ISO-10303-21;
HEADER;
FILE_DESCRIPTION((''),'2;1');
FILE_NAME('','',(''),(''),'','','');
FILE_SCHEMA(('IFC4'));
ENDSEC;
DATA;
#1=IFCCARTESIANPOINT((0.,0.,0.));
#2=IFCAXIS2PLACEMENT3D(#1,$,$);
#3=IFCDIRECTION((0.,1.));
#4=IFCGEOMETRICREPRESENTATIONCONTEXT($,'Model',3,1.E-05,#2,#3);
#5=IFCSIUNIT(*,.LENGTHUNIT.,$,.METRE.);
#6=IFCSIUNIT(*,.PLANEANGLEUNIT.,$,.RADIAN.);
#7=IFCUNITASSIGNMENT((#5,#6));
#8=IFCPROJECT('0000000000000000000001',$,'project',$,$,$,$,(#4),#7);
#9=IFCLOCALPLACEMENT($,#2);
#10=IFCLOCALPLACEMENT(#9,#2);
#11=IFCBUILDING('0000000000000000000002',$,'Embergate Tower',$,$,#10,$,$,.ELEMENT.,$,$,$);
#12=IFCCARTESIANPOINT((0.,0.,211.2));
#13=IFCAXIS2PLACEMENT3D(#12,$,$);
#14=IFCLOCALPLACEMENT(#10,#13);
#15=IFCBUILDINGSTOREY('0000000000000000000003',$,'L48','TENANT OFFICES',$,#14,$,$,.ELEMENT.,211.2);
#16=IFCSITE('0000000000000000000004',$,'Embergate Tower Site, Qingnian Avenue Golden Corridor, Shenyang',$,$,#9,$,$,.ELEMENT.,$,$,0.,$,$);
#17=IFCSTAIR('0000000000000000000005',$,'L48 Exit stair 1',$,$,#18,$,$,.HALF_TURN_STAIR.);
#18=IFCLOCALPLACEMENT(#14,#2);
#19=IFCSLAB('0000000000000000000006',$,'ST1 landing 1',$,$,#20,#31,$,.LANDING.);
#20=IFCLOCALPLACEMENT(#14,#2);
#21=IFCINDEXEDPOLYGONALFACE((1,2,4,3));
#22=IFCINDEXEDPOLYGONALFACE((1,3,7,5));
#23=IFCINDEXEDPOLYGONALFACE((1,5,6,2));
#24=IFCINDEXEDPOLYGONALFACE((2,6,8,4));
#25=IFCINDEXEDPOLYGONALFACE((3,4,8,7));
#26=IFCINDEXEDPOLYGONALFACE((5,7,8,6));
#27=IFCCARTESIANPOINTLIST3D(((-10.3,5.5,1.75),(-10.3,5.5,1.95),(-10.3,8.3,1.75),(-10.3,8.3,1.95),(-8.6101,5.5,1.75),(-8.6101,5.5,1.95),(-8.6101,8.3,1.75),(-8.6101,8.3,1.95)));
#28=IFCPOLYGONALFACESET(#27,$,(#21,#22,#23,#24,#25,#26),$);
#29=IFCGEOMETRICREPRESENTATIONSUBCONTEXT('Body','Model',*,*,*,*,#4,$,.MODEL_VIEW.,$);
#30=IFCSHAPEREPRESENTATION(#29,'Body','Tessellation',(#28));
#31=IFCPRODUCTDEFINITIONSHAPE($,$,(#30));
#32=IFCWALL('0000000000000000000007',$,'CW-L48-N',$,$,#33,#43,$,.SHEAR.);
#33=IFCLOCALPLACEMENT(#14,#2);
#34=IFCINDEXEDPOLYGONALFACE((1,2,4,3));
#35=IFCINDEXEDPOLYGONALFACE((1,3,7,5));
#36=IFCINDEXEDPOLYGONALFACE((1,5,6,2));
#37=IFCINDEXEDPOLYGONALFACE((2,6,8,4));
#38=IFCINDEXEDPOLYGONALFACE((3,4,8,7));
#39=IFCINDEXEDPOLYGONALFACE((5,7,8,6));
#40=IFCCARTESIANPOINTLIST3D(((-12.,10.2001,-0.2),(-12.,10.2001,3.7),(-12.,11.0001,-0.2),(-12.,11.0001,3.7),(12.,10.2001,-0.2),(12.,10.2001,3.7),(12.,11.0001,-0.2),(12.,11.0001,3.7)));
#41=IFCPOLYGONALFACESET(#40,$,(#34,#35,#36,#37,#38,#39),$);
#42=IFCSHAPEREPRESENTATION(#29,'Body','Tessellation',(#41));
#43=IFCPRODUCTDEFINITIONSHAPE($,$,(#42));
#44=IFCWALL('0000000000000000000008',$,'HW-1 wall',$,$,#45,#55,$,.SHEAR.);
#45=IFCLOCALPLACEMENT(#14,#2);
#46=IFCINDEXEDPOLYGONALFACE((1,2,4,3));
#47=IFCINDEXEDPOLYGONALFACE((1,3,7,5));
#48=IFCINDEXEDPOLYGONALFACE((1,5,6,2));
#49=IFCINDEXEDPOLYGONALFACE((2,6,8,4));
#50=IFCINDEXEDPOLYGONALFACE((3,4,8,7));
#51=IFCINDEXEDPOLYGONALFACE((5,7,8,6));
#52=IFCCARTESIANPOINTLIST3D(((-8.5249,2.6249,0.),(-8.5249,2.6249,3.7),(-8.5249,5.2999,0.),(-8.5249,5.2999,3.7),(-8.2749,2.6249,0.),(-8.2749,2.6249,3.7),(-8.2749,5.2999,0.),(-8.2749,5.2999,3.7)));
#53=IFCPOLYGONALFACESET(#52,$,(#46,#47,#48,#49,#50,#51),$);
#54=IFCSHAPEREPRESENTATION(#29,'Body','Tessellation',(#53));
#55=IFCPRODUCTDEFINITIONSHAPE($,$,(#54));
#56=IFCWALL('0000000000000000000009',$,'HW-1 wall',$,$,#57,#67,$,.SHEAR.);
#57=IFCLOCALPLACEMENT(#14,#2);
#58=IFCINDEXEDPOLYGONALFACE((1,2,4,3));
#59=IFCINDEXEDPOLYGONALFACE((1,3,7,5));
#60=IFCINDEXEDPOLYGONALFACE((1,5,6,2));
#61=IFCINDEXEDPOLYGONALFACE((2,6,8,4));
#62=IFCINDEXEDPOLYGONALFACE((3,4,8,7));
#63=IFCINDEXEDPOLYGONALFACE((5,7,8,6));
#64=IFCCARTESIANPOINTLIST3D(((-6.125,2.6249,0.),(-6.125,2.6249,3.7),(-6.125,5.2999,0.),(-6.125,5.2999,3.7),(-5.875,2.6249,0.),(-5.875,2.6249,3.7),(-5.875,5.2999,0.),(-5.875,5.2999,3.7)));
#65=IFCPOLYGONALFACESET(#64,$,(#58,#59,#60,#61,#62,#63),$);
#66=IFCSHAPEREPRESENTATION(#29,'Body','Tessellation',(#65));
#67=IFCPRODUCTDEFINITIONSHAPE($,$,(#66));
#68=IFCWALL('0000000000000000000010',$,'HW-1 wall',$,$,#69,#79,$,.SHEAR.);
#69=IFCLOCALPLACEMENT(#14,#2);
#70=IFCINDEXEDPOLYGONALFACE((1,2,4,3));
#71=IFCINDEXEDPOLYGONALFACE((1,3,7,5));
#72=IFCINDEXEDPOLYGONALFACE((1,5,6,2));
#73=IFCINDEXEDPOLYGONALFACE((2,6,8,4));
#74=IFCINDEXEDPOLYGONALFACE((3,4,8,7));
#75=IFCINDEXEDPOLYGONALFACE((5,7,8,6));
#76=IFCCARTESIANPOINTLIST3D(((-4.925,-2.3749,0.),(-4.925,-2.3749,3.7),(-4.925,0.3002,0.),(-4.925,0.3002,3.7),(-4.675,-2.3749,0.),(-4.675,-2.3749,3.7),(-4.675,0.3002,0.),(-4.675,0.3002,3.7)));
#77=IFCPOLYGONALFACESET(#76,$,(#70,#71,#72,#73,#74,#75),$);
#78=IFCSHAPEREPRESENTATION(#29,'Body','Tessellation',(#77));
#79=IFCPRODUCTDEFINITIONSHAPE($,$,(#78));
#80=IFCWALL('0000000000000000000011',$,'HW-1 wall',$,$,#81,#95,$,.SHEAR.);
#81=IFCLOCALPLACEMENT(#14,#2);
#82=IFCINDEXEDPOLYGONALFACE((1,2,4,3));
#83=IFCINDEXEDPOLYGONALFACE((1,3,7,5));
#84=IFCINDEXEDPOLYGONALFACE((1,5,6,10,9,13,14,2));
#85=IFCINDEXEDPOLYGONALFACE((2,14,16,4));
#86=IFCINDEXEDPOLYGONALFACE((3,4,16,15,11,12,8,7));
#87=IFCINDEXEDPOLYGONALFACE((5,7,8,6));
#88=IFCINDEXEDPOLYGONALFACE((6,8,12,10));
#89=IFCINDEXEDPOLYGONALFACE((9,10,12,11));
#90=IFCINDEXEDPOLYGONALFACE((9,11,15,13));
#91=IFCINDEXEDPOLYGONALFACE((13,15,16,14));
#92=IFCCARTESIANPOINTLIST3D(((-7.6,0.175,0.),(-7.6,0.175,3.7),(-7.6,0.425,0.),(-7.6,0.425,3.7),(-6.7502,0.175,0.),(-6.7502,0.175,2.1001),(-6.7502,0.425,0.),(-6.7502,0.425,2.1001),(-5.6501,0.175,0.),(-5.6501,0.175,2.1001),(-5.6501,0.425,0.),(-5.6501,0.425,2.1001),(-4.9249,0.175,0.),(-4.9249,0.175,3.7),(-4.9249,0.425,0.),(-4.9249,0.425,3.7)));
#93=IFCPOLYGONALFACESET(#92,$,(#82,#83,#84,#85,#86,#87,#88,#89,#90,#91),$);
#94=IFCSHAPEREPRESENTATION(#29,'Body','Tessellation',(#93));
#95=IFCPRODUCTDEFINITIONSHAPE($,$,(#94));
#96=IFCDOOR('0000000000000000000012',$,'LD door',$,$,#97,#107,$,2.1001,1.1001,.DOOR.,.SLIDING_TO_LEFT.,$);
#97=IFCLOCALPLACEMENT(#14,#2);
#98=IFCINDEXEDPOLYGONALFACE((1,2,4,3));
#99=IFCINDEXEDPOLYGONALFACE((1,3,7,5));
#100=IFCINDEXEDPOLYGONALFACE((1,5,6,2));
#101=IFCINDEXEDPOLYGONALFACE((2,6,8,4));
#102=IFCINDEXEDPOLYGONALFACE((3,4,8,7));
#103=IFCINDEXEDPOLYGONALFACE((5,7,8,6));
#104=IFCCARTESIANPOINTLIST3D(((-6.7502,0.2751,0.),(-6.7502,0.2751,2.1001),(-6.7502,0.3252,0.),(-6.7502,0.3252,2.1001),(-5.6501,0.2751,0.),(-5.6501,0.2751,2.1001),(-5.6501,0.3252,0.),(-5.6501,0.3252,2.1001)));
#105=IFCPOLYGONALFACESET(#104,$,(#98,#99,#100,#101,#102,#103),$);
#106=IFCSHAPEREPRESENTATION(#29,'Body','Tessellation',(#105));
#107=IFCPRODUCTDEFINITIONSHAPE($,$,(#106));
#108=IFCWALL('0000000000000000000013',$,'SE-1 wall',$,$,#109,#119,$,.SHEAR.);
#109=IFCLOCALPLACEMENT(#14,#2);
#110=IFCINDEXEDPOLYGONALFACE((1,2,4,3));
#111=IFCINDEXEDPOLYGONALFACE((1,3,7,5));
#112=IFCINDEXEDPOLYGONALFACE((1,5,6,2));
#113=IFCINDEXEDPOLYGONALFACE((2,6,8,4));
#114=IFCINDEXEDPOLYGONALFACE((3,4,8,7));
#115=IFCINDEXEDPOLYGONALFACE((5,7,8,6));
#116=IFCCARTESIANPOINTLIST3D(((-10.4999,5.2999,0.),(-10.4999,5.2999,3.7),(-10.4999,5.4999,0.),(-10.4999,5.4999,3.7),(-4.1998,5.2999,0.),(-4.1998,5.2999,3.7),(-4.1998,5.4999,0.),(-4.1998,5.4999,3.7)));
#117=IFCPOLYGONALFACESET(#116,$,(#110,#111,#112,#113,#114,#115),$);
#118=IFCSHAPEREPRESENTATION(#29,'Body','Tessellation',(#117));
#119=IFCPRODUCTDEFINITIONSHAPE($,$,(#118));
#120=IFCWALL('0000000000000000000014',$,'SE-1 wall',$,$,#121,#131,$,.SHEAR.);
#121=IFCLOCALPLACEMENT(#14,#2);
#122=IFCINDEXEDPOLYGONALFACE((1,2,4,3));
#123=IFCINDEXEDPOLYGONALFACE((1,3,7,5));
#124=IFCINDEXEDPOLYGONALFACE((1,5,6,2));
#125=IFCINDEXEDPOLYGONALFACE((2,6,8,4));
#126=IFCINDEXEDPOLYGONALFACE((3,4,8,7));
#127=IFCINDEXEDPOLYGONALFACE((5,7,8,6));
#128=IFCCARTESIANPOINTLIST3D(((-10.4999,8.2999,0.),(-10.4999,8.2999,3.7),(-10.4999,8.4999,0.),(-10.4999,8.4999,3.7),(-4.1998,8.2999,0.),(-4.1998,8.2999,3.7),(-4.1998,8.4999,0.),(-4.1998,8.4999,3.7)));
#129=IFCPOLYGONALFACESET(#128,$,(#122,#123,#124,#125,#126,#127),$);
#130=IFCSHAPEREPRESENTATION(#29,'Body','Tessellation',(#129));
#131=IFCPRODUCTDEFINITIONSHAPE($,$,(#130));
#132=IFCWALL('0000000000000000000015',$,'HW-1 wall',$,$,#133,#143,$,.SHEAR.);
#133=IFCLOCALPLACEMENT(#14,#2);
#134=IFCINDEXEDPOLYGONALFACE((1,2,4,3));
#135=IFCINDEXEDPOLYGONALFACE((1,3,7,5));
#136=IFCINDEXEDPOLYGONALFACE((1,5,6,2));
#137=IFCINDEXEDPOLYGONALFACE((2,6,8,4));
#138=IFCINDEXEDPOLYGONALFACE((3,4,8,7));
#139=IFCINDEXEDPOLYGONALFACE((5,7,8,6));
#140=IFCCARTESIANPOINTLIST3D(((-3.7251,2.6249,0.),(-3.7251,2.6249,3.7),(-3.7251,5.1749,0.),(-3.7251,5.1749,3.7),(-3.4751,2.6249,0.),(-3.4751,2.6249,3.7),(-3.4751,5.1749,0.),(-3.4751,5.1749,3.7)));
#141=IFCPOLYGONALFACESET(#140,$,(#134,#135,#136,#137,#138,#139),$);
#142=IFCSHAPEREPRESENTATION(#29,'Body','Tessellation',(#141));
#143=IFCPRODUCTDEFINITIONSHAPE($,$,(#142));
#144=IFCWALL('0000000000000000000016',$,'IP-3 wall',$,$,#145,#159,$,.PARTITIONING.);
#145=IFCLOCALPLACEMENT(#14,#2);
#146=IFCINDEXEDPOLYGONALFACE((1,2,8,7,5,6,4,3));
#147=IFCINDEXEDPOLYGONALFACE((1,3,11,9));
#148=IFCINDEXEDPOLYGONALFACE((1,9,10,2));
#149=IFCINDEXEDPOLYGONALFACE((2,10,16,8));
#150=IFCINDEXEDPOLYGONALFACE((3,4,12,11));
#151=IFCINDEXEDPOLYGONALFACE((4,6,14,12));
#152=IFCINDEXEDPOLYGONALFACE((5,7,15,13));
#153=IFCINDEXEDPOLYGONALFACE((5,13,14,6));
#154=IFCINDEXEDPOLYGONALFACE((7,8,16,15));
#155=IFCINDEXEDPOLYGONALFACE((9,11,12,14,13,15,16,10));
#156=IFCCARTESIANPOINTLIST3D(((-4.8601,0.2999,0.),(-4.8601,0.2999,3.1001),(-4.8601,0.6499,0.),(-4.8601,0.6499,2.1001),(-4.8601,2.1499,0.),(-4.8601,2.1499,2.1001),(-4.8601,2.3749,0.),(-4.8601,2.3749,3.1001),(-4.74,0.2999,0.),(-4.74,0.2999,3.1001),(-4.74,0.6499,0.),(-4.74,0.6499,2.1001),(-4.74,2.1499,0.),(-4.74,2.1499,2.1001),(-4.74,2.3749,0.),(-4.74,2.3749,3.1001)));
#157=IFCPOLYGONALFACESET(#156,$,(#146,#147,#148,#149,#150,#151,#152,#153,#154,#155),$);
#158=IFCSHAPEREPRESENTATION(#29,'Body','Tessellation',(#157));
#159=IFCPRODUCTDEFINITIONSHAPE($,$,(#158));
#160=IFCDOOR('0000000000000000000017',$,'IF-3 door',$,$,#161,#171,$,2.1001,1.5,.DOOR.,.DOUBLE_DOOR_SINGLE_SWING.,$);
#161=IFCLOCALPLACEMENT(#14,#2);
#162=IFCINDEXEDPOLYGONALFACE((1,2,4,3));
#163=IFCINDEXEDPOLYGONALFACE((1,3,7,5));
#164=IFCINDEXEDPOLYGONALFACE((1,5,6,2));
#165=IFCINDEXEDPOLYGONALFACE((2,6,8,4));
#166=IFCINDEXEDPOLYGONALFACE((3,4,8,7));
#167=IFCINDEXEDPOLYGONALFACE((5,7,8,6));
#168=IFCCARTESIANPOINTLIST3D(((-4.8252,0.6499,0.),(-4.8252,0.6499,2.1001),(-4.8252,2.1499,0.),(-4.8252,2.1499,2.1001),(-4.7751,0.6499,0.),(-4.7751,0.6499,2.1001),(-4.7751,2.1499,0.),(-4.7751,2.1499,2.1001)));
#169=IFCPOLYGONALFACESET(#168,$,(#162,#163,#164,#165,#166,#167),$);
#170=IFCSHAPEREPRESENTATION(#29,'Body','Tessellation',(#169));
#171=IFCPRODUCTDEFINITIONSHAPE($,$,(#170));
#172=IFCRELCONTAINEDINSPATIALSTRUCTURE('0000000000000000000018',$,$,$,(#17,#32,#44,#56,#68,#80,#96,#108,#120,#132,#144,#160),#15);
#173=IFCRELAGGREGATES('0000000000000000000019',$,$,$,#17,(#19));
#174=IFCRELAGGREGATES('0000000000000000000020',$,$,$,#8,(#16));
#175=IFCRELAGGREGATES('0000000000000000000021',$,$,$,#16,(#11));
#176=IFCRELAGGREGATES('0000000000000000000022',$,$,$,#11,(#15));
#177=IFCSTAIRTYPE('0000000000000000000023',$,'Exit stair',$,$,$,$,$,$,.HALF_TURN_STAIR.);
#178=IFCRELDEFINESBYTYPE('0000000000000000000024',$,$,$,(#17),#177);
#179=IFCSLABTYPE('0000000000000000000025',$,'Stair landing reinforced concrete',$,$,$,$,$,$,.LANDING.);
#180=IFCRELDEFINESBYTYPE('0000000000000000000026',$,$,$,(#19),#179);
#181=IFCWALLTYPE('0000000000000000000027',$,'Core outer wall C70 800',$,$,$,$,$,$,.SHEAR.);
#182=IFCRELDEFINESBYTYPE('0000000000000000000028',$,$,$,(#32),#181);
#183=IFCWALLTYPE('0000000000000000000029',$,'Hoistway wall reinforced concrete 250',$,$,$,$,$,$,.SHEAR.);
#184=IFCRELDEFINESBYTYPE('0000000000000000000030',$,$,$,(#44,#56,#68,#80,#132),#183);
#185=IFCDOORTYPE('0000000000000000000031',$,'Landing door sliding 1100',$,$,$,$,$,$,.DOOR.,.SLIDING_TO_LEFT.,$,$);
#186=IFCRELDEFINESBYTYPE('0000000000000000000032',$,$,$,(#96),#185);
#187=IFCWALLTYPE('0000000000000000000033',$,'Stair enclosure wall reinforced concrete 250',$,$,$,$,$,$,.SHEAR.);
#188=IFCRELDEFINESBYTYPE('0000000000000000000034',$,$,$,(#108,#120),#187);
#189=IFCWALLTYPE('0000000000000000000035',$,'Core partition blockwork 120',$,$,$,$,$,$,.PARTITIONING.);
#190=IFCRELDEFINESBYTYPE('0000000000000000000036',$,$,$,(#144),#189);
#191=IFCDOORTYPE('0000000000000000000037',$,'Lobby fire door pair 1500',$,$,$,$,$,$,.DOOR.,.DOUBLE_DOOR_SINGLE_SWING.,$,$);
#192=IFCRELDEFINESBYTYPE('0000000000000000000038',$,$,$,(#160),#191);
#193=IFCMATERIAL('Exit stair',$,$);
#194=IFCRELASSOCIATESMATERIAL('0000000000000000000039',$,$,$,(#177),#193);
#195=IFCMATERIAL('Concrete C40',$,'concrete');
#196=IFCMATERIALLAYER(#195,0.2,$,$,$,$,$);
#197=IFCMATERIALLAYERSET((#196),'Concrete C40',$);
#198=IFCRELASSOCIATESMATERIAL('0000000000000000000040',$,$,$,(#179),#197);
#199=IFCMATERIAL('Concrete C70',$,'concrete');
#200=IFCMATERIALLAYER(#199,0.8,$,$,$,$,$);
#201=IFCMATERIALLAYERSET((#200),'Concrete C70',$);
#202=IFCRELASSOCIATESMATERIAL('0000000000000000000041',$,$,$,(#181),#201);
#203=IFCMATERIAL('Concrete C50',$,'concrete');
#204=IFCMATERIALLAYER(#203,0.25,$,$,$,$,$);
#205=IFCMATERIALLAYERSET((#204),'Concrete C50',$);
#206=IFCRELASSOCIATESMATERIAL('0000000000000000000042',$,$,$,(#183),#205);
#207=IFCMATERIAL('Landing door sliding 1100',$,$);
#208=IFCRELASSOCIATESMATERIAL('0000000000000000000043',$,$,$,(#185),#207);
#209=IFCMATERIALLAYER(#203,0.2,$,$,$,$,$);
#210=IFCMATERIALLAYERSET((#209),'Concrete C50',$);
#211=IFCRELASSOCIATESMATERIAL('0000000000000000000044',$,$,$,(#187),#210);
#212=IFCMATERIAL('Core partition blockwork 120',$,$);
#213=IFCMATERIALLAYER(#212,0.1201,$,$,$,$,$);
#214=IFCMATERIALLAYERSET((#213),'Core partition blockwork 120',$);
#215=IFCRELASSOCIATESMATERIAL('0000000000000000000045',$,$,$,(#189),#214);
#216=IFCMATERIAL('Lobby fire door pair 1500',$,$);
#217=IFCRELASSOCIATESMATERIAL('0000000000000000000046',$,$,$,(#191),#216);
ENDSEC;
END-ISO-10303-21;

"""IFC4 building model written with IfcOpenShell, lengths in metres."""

from ifc_helpers import new_model, si_unit, direction, frame, frame_2d, origin, place, context, subcontext, project, spatial, polyline, rectangle, outline, extrude, source, transform, mapped, material, layer, layer_set, type_object, element, fill, aggregate, save


model = new_model("IFC4")

# Units and contexts
model_context = context("Model", 3, precision=1e-05, world=origin(), true_north=direction((0.0, 1.0)))
body_context = subcontext(model_context, "Body", "Model", "MODEL_VIEW")
ifc_project = project(units=[si_unit("LENGTHUNIT", "METRE"), si_unit("PLANEANGLEUNIT", "RADIAN")], contexts=[model_context])

# Site, building, storey
site_placement = place(None, origin())
site = spatial("IfcSite", under=ifc_project, at=site_placement, Name="Embergate Tower Site, Qingnian Avenue Golden Corridor, Shenyang", CompositionType="ELEMENT", RefElevation=0.0)
building_placement = place(site_placement, origin())
building = spatial("IfcBuilding", under=site, at=building_placement, Name="Embergate Tower", CompositionType="ELEMENT")
storey_placement = place(building_placement, frame((0.0, 0.0, 211.2)))
storey = spatial("IfcBuildingStorey", under=building, at=storey_placement, Name="L48", Description="TENANT OFFICES", CompositionType="ELEMENT", Elevation=211.2)

# Stair, slab
ifc_material_1 = material(Name="Exit stair")
stair_type = type_object("IfcStairType", Name="Exit stair", PredefinedType="HALF_TURN_STAIR", material=ifc_material_1)
stair_placement = place(storey_placement, origin())
stair = element("IfcStair", 1, at=stair_placement, inside=storey, type_object=stair_type, Name="L48 Exit stair 1", PredefinedType="HALF_TURN_STAIR")
ifc_material_2 = material(Name="Concrete C40", Category="concrete")
ifc_layer_1 = layer(ifc_material_2, 0.2)
ifc_layer_set_1 = layer_set([ifc_layer_1], Name="Concrete C40")
slab_type = type_object("IfcSlabType", Name="Stair landing reinforced concrete", PredefinedType="LANDING", material=ifc_layer_set_1)
shared_shape_1 = source(origin(), body_context, "Body", "SweptSolid", [
    extrude(outline(polyline([(0.0, 0.0), (1.6899, 0.0), (1.6899, 2.8), (0.0, 2.8), (0.0, 0.0)])), origin(), (0.0, 0.0, 1.0), 0.2),
])
slab_placement = place(storey_placement, frame((-10.3, 5.5, 1.75)))
slab = element("IfcSlab", 2, at=slab_placement, type_object=slab_type, Name="ST1 landing 1", PredefinedType="LANDING", context=body_context, shape_type="MappedRepresentation", body=[
    mapped(shared_shape_1, transform((0.0, 0.0, 0.0))),
])

# Walls
ifc_material_3 = material(Name="Concrete C70", Category="concrete")
ifc_layer_2 = layer(ifc_material_3, 0.8)
ifc_layer_set_2 = layer_set([ifc_layer_2], Name="Concrete C70")
wall_type_1 = type_object("IfcWallType", Name="Core outer wall C70 800", PredefinedType="SHEAR", material=ifc_layer_set_2)
shared_shape_2 = source(origin(), body_context, "Body", "SweptSolid", [
    extrude(rectangle(XDim=24.0, YDim=0.8, at=frame_2d((12.0, 0.0))), origin(), (0.0, 0.0, 1.0), 3.8999),
])
wall_1_placement = place(storey_placement, frame((-12.0, 10.6001, -0.2), z_axis=(0.0, 0.0, 1.0), x_axis=(1.0, 0.0, 0.0)))
element("IfcWall", 3, at=wall_1_placement, inside=storey, type_object=wall_type_1, Name="CW-L48-N", PredefinedType="SHEAR", context=body_context, shape_type="MappedRepresentation", body=[
    mapped(shared_shape_2, transform((0.0, 0.0, 0.0))),
])
ifc_material_4 = material(Name="Concrete C50", Category="concrete")
ifc_layer_3 = layer(ifc_material_4, 0.25)
ifc_layer_set_3 = layer_set([ifc_layer_3], Name="Concrete C50")
wall_type_2 = type_object("IfcWallType", Name="Hoistway wall reinforced concrete 250", PredefinedType="SHEAR", material=ifc_layer_set_3)
shared_shape_3 = source(origin(), body_context, "Body", "SweptSolid", [
    extrude(rectangle(XDim=2.675, YDim=0.25, at=frame_2d((1.3374, 0.0))), origin(), (0.0, 0.0, 1.0), 3.7),
])
for number, where, z_axis, x_axis, name in (
    (4, (-8.3999, 2.625, 0.0), (0.0, 0.0, 1.0), (0.0, 1.0, 0.0), "HW-1 wall"),
    (5, (-6.0, 2.625, 0.0), (0.0, 0.0, 1.0), (0.0, 1.0, 0.0), "HW-1 wall"),
    (6, (-4.8, 0.3, 0.0), (0.0, 0.0, 1.0), (0.0, -1.0, 0.0), "HW-1 wall"),
):
    element("IfcWall", number, at=place(storey_placement, frame(where, z_axis=z_axis, x_axis=x_axis)), inside=storey, type_object=wall_type_2, Name=name, PredefinedType="SHEAR", context=body_context, shape_type="MappedRepresentation", body=[
        mapped(shared_shape_3, transform((0.0, 0.0, 0.0))),
    ])

# Wall, opening, door
wall_2_placement = place(storey_placement, frame((-4.925, 0.3, 0.0), z_axis=(0.0, 0.0, 1.0), x_axis=(-1.0, 0.0, 0.0)))
wall_2 = element("IfcWall", 7, at=wall_2_placement, inside=storey, type_object=wall_type_2, Name="HW-1 wall", PredefinedType="SHEAR", context=body_context, shape_type="MappedRepresentation", body=[
    mapped(shared_shape_3, transform((0.0, 0.0, 0.0))),
])
shared_shape_4 = source(origin(), body_context, "Body", "SweptSolid", [
    extrude(rectangle(XDim=1.1001, YDim=2.1001, at=frame_2d((0.55, 1.05))), frame((0.0, 0.135, 0.0), z_axis=(0.0, -1.0, 0.0), x_axis=(1.0, 0.0, 0.0)), (0.0, 0.0, 1.0), 0.27),
])
opening_1_placement = place(wall_2_placement, frame((0.7251, 0.0, 0.0)))
opening_1 = element("IfcOpeningElement", 8, at=opening_1_placement, cuts=wall_2, PredefinedType="OPENING", context=body_context, shape_type="MappedRepresentation", body=[
    mapped(shared_shape_4, transform((0.0, 0.0, 0.0))),
])
ifc_material_5 = material(Name="Landing door sliding 1100")
door_type_1 = type_object("IfcDoorType", Name="Landing door sliding 1100", OperationType="SLIDING_TO_LEFT", PredefinedType="DOOR", material=ifc_material_5)
shared_shape_5 = source(origin(), body_context, "Body", "SweptSolid", [
    extrude(rectangle(XDim=1.1001, YDim=2.1001, at=frame_2d((0.55, 1.05))), frame((0.0, 0.0249, 0.0), z_axis=(0.0, -1.0, 0.0), x_axis=(1.0, 0.0, 0.0)), (0.0, 0.0, 1.0), 0.05),
])
door_1_placement = place(opening_1_placement, origin())
door_1 = element("IfcDoor", 9, at=door_1_placement, inside=storey, type_object=door_type_1, Name="LD door", OperationType="SLIDING_TO_LEFT", OverallHeight=2.1001, OverallWidth=1.1001, PredefinedType="DOOR", context=body_context, shape_type="MappedRepresentation", body=[
    mapped(shared_shape_5, transform((0.0, 0.0, 0.0))),
])
fill(opening_1, door_1)

# Walls
ifc_layer_4 = layer(ifc_material_4, 0.2)
ifc_layer_set_4 = layer_set([ifc_layer_4], Name="Concrete C50")
wall_type_3 = type_object("IfcWallType", Name="Stair enclosure wall reinforced concrete 250", PredefinedType="SHEAR", material=ifc_layer_set_4)
shared_shape_6 = source(origin(), body_context, "Body", "SweptSolid", [
    extrude(rectangle(XDim=6.3, YDim=0.2, at=frame_2d((3.1499, 0.0))), origin(), (0.0, 0.0, 1.0), 3.7),
])
for number, where, z_axis, x_axis, name in (
    (10, (-4.2, 5.3999, 0.0), (0.0, 0.0, 1.0), (-1.0, 0.0, 0.0), "SE-1 wall"),
    (11, (-4.2, 8.3999, 0.0), (0.0, 0.0, 1.0), (-1.0, 0.0, 0.0), "SE-1 wall"),
):
    element("IfcWall", number, at=place(storey_placement, frame(where, z_axis=z_axis, x_axis=x_axis)), inside=storey, type_object=wall_type_3, Name=name, PredefinedType="SHEAR", context=body_context, shape_type="MappedRepresentation", body=[
        mapped(shared_shape_6, transform((0.0, 0.0, 0.0))),
    ])
shared_shape_7 = source(origin(), body_context, "Body", "SweptSolid", [
    extrude(rectangle(XDim=2.55, YDim=0.25, at=frame_2d((1.2749, 0.0))), origin(), (0.0, 0.0, 1.0), 3.7),
])
wall_3_placement = place(storey_placement, frame((-3.6001, 2.625, 0.0), z_axis=(0.0, 0.0, 1.0), x_axis=(0.0, 1.0, 0.0)))
element("IfcWall", 12, at=wall_3_placement, inside=storey, type_object=wall_type_2, Name="HW-1 wall", PredefinedType="SHEAR", context=body_context, shape_type="MappedRepresentation", body=[
    mapped(shared_shape_7, transform((0.0, 0.0, 0.0))),
])

# Wall, opening, door
ifc_material_6 = material(Name="Core partition blockwork 120")
ifc_layer_5 = layer(ifc_material_6, 0.1201)
ifc_layer_set_5 = layer_set([ifc_layer_5], Name="Core partition blockwork 120")
wall_type_4 = type_object("IfcWallType", Name="Core partition blockwork 120", PredefinedType="PARTITIONING", material=ifc_layer_set_5)
shared_shape_8 = source(origin(), body_context, "Body", "SweptSolid", [
    extrude(rectangle(XDim=2.075, YDim=0.1201, at=frame_2d((1.0376, 0.0))), origin(), (0.0, 0.0, 1.0), 3.1001),
])
wall_4_placement = place(storey_placement, frame((-4.8, 2.375, 0.0), z_axis=(0.0, 0.0, 1.0), x_axis=(0.0, -1.0, 0.0)))
wall_4 = element("IfcWall", 13, at=wall_4_placement, inside=storey, type_object=wall_type_4, Name="IP-3 wall", PredefinedType="PARTITIONING", context=body_context, shape_type="MappedRepresentation", body=[
    mapped(shared_shape_8, transform((0.0, 0.0, 0.0))),
])
shared_shape_9 = source(origin(), body_context, "Body", "SweptSolid", [
    extrude(rectangle(XDim=1.5, YDim=2.1001, at=frame_2d((0.75, 1.05))), frame((0.0, 0.0701, 0.0), z_axis=(0.0, -1.0, 0.0), x_axis=(1.0, 0.0, 0.0)), (0.0, 0.0, 1.0), 0.1401),
])
opening_2_placement = place(wall_4_placement, frame((0.2251, 0.0, 0.0)))
opening_2 = element("IfcOpeningElement", 14, at=opening_2_placement, cuts=wall_4, PredefinedType="OPENING", context=body_context, shape_type="MappedRepresentation", body=[
    mapped(shared_shape_9, transform((0.0, 0.0, 0.0))),
])
ifc_material_7 = material(Name="Lobby fire door pair 1500")
door_type_2 = type_object("IfcDoorType", Name="Lobby fire door pair 1500", OperationType="DOUBLE_DOOR_SINGLE_SWING", PredefinedType="DOOR", material=ifc_material_7)
shared_shape_10 = source(origin(), body_context, "Body", "SweptSolid", [
    extrude(rectangle(XDim=1.5, YDim=2.1001, at=frame_2d((0.75, 1.05))), frame((0.0, 0.0249, 0.0), z_axis=(0.0, -1.0, 0.0), x_axis=(1.0, 0.0, 0.0)), (0.0, 0.0, 1.0), 0.05),
])
door_2_placement = place(opening_2_placement, origin())
door_2 = element("IfcDoor", 15, at=door_2_placement, inside=storey, type_object=door_type_2, Name="IF-3 door", OperationType="DOUBLE_DOOR_SINGLE_SWING", OverallHeight=2.1001, OverallWidth=1.5, PredefinedType="DOOR", context=body_context, shape_type="MappedRepresentation", body=[
    mapped(shared_shape_10, transform((0.0, 0.0, 0.0))),
])
fill(opening_2, door_2)

aggregate(stair, [slab])

save(model, "model.ifc")
